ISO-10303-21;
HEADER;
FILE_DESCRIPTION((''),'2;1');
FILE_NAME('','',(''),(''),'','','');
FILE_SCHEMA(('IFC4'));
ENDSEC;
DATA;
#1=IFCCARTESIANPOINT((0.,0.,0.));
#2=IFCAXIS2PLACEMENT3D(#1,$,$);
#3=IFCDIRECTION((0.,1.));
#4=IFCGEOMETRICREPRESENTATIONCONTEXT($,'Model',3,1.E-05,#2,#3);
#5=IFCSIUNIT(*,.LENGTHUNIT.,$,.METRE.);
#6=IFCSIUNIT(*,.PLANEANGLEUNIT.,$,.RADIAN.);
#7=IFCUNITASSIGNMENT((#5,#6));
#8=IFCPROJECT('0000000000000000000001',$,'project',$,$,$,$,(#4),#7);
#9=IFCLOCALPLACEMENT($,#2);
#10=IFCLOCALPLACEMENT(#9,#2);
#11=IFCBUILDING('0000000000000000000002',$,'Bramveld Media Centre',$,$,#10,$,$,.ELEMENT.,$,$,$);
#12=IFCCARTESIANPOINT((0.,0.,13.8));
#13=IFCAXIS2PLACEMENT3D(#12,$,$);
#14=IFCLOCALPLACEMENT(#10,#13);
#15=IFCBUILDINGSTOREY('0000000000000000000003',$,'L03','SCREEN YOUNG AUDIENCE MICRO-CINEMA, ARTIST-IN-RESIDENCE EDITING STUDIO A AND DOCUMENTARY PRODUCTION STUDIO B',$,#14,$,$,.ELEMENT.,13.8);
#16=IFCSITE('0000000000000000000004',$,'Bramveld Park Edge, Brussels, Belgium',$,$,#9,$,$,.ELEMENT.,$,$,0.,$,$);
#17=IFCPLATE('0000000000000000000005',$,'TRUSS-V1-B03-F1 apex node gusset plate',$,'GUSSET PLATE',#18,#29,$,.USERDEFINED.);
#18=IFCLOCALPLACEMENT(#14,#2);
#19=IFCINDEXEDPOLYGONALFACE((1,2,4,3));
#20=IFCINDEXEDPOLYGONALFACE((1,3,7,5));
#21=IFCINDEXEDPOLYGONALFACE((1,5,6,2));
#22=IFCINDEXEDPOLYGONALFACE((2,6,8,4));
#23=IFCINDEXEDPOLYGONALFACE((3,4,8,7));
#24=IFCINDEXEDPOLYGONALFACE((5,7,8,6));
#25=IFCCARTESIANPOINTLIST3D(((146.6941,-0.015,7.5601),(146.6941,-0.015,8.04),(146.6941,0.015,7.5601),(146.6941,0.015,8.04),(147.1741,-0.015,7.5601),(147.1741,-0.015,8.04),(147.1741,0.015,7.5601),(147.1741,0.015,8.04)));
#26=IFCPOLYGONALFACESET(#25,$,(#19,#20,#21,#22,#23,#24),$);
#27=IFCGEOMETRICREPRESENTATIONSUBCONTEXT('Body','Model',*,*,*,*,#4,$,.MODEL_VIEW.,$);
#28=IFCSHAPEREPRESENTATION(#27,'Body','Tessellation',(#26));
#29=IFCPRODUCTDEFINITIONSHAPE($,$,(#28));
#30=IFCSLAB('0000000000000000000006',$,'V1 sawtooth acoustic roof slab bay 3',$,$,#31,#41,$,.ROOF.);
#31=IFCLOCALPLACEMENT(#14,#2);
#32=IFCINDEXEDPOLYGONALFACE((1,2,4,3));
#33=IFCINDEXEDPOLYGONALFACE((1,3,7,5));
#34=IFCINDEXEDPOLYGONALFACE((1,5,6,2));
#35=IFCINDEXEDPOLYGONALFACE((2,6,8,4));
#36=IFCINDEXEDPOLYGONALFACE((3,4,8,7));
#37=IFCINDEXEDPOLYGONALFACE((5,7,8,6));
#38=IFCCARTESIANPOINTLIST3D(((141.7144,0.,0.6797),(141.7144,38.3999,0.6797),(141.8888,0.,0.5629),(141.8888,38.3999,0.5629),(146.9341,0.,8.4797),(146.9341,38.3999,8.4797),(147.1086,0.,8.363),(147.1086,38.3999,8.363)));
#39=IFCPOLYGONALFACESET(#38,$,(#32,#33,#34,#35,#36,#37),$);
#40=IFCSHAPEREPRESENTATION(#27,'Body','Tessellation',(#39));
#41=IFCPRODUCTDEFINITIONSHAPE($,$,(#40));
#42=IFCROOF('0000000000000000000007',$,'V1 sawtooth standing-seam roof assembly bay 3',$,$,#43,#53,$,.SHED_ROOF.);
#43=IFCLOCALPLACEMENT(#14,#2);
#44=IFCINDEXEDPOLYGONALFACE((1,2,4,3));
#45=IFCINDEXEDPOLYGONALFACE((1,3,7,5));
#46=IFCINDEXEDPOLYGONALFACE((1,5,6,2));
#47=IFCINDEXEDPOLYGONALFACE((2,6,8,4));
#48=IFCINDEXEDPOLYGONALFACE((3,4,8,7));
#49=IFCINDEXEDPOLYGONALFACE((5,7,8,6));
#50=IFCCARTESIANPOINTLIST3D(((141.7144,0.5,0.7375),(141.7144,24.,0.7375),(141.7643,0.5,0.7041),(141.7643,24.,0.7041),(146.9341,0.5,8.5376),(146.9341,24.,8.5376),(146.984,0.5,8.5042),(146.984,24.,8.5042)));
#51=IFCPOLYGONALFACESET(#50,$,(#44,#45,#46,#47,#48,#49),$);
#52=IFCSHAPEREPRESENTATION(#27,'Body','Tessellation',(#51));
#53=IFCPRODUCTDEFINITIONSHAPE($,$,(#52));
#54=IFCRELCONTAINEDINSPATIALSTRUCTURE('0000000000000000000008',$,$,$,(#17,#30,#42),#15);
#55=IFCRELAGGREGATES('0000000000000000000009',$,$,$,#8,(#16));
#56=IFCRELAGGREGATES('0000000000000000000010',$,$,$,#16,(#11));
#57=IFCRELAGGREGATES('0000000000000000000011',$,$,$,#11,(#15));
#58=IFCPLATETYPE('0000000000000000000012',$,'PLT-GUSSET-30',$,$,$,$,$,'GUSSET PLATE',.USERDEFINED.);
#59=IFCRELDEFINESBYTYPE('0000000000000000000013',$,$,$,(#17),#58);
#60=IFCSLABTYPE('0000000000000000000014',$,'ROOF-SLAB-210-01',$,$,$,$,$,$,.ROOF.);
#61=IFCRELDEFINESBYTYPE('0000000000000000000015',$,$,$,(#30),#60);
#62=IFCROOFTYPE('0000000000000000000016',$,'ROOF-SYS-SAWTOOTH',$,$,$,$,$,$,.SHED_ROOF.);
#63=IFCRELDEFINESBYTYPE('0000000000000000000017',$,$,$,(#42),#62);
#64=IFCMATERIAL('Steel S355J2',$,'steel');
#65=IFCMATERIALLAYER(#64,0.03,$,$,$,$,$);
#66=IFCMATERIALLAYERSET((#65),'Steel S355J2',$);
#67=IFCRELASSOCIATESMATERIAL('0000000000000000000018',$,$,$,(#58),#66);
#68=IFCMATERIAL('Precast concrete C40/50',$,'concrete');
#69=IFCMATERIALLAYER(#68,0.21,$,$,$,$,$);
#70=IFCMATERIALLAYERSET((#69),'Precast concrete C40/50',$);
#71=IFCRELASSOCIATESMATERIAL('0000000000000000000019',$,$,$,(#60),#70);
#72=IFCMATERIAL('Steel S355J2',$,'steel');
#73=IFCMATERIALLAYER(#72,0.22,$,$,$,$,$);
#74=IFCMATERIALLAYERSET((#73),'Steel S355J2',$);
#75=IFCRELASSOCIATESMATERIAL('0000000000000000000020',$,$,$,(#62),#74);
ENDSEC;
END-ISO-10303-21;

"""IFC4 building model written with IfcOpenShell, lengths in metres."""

from ifc_helpers import new_model, si_unit, direction, frame, origin, origin_2d, place, context, subcontext, project, spatial, polyline, rectangle, outline, extrude, material, layer, layer_set, type_object, element, save


model = new_model("IFC4")

# Units and contexts
model_context = context("Model", 3, precision=1e-05, world=origin(), true_north=direction((0.0, 1.0)))
body_context = subcontext(model_context, "Body", "Model", "MODEL_VIEW")
ifc_project = project(units=[si_unit("LENGTHUNIT", "METRE"), si_unit("PLANEANGLEUNIT", "RADIAN")], contexts=[model_context])

# Site, building, storey
site_placement = place(None, origin())
site = spatial("IfcSite", under=ifc_project, at=site_placement, Name="Bramveld Park Edge, Brussels, Belgium", CompositionType="ELEMENT", RefElevation=0.0)
building_placement = place(site_placement, origin())
building = spatial("IfcBuilding", under=site, at=building_placement, Name="Bramveld Media Centre", CompositionType="ELEMENT")
storey_placement = place(building_placement, frame((0.0, 0.0, 13.8)))
storey = spatial("IfcBuildingStorey", under=building, at=storey_placement, Name="L03", Description="SCREEN YOUNG AUDIENCE MICRO-CINEMA, ARTIST-IN-RESIDENCE EDITING STUDIO A AND DOCUMENTARY PRODUCTION STUDIO B", CompositionType="ELEMENT", Elevation=13.8)

# Plate
ifc_material_1 = material(Name="Steel S355J2", Category="steel")
ifc_layer_1 = layer(ifc_material_1, 0.03)
ifc_layer_set_1 = layer_set([ifc_layer_1], Name="Steel S355J2")
plate_type_1 = type_object("IfcPlateType", Name="PLT-GUSSET-30", ElementType="GUSSET PLATE", PredefinedType="USERDEFINED", material=ifc_layer_set_1)
plate_1_placement = place(storey_placement, frame((146.9341, 0.0, 7.5601), z_axis=(0.0, 0.0, 1.0), x_axis=(1.0, 0.0, 0.0)))
element("IfcPlate", 1, at=plate_1_placement, inside=storey, type_object=plate_type_1, Name="TRUSS-V1-B03-F1 apex node gusset plate", ObjectType="GUSSET PLATE", PredefinedType="USERDEFINED", context=body_context, shape_type="SweptSolid", body=[
    extrude(rectangle(XDim=0.48, YDim=0.03, at=origin_2d()), origin(), (0.0, 0.0, 1.0), 0.48),
])

# Slab
ifc_material_2 = material(Name="Precast concrete C40/50", Category="concrete")
ifc_layer_2 = layer(ifc_material_2, 0.21)
ifc_layer_set_2 = layer_set([ifc_layer_2], Name="Precast concrete C40/50")
slab_type = type_object("IfcSlabType", Name="ROOF-SLAB-210-01", PredefinedType="ROOF", material=ifc_layer_set_2)
slab_placement = place(storey_placement, frame((141.7144, 0.0, 0.6797), z_axis=(-0.831081, 0.0, 0.556152), x_axis=(0.556152, 0.0, 0.831081)))
element("IfcSlab", 2, at=slab_placement, inside=storey, type_object=slab_type, Name="V1 sawtooth acoustic roof slab bay 3", PredefinedType="ROOF", context=body_context, shape_type="SweptSolid", body=[
    extrude(outline(polyline([(0.0, 0.0), (9.3854, 0.0), (9.3854, 38.3999), (0.0, 38.3999), (0.0, 0.0)])), origin(), (0.0, 0.0, -1.0), 0.21),
])

# Roof
ifc_material_3 = material(Name="Steel S355J2", Category="steel")
ifc_layer_3 = layer(ifc_material_3, 0.22)
ifc_layer_set_3 = layer_set([ifc_layer_3], Name="Steel S355J2")
roof_type = type_object("IfcRoofType", Name="ROOF-SYS-SAWTOOTH", PredefinedType="SHED_ROOF", material=ifc_layer_set_3)
roof_placement = place(storey_placement, frame((141.7144, 0.5, 0.7375), z_axis=(-0.831081, 0.0, 0.556152), x_axis=(0.556152, 0.0, 0.831081)))
element("IfcRoof", 3, at=roof_placement, inside=storey, type_object=roof_type, Name="V1 sawtooth standing-seam roof assembly bay 3", PredefinedType="SHED_ROOF", context=body_context, shape_type="SweptSolid", body=[
    extrude(outline(polyline([(0.0, 0.0), (9.3854, 0.0), (9.3854, 23.5), (0.0, 23.5), (0.0, 0.0)])), origin(), (0.0, 0.0, -1.0), 0.0601),
])

save(model, "model.ifc")
